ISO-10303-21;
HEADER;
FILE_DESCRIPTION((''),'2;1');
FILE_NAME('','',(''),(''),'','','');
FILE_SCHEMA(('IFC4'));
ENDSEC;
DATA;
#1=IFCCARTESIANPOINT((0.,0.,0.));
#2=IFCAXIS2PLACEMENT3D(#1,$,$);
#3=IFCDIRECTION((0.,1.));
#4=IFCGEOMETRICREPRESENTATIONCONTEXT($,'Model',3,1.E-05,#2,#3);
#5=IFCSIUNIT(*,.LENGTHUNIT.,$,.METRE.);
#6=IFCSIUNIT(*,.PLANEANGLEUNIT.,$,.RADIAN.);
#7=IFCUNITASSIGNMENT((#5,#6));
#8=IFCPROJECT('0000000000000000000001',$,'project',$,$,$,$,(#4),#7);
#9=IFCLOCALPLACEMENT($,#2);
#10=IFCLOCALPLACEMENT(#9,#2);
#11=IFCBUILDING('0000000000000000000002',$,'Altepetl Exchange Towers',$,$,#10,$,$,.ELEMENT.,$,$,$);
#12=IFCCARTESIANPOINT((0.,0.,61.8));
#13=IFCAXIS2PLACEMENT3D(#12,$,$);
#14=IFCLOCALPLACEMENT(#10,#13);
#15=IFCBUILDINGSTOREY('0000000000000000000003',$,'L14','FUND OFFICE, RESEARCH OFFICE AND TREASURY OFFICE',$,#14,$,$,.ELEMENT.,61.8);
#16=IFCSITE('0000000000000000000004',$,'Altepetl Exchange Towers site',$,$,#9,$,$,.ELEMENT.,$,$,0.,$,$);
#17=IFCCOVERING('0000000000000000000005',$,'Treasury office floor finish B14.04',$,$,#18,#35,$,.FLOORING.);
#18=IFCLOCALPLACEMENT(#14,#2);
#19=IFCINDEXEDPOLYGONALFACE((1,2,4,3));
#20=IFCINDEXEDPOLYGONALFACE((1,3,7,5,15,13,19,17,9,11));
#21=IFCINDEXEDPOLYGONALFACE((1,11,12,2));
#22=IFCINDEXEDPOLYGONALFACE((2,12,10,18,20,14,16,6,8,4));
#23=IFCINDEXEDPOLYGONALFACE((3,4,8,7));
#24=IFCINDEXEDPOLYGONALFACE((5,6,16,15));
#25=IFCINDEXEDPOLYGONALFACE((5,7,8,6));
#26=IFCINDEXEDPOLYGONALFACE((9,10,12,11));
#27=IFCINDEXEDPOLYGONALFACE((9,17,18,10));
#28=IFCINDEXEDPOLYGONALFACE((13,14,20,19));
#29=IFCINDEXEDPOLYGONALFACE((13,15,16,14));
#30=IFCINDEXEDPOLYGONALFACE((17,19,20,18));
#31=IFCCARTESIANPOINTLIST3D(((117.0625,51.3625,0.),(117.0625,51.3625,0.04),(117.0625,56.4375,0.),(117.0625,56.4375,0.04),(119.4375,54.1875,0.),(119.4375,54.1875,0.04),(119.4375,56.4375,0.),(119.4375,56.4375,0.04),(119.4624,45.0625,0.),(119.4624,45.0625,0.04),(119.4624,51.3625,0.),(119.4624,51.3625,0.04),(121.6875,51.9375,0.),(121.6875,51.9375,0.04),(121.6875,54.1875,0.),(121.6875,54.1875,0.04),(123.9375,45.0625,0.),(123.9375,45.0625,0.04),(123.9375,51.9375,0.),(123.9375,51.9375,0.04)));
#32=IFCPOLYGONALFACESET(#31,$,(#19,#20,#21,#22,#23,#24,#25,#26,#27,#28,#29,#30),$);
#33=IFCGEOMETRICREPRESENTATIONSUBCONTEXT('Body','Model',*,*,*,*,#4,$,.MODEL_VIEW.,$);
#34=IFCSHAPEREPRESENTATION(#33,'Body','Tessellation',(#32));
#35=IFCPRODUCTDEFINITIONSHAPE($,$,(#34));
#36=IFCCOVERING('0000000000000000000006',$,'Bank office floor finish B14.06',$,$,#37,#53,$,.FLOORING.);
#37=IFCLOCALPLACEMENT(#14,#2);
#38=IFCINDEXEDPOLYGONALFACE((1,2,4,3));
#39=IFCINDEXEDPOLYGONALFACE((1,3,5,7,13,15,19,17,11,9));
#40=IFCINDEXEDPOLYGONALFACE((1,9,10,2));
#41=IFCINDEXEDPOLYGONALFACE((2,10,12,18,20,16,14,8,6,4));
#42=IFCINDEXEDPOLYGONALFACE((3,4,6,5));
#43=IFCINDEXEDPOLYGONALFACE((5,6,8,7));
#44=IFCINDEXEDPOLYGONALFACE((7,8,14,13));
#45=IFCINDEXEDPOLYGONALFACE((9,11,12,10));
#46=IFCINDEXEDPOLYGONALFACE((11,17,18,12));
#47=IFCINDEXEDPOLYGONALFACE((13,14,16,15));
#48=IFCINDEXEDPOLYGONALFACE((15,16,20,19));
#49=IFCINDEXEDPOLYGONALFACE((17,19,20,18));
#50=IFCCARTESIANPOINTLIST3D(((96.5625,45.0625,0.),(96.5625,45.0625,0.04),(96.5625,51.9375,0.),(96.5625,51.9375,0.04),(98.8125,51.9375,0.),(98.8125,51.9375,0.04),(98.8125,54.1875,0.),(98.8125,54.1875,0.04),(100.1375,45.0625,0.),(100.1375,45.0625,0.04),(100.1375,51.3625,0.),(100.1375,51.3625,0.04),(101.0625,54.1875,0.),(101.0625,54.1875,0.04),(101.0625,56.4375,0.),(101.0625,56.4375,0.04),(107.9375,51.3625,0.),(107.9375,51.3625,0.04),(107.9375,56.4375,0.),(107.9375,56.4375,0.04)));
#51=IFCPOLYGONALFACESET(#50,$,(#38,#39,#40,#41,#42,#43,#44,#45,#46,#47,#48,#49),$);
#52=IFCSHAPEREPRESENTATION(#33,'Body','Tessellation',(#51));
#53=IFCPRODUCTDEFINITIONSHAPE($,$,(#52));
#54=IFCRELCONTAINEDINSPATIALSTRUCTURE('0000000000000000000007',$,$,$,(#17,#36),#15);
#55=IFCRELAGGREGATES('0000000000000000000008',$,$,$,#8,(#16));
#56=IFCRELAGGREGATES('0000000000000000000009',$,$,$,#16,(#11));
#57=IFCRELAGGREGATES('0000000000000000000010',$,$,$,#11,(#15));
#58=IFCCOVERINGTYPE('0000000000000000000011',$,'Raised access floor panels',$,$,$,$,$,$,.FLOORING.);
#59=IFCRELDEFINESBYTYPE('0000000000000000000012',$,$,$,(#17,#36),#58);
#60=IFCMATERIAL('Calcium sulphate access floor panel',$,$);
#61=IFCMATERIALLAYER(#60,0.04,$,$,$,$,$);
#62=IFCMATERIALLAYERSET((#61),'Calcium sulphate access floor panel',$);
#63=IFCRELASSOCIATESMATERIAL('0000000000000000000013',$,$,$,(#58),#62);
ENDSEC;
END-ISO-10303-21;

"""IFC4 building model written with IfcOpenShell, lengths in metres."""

from ifc_helpers import new_model, si_unit, direction, frame, origin, place, context, subcontext, project, spatial, polyline, outline, extrude, material, layer, layer_set, type_object, element, save


model = new_model("IFC4")

# Units and contexts
model_context = context("Model", 3, precision=1e-05, world=origin(), true_north=direction((0.0, 1.0)))
body_context = subcontext(model_context, "Body", "Model", "MODEL_VIEW")
ifc_project = project(units=[si_unit("LENGTHUNIT", "METRE"), si_unit("PLANEANGLEUNIT", "RADIAN")], contexts=[model_context])

# Site, building, storey
site_placement = place(None, origin())
site = spatial("IfcSite", under=ifc_project, at=site_placement, Name="Altepetl Exchange Towers site", CompositionType="ELEMENT", RefElevation=0.0)
building_placement = place(site_placement, origin())
building = spatial("IfcBuilding", under=site, at=building_placement, Name="Altepetl Exchange Towers", CompositionType="ELEMENT")
storey_placement = place(building_placement, frame((0.0, 0.0, 61.8)))
storey = spatial("IfcBuildingStorey", under=building, at=storey_placement, Name="L14", Description="FUND OFFICE, RESEARCH OFFICE AND TREASURY OFFICE", CompositionType="ELEMENT", Elevation=61.8)

# Coverings
ifc_material_1 = material(Name="Calcium sulphate access floor panel")
ifc_layer_1 = layer(ifc_material_1, 0.04)
ifc_layer_set_1 = layer_set([ifc_layer_1], Name="Calcium sulphate access floor panel")
covering_type_1 = type_object("IfcCoveringType", Name="Raised access floor panels", PredefinedType="FLOORING", material=ifc_layer_set_1)
covering_1_placement = place(storey_placement, origin())
element("IfcCovering", 1, at=covering_1_placement, inside=storey, type_object=covering_type_1, Name="Treasury office floor finish B14.04", PredefinedType="FLOORING", context=body_context, shape_type="SweptSolid", body=[
    extrude(outline(polyline([(117.0625, 56.4375), (117.0625, 51.3625), (119.4624, 51.3625), (119.4624, 45.0625), (123.9375, 45.0625), (123.9375, 51.9375), (121.6875, 51.9375), (121.6875, 54.1875), (119.4375, 54.1875), (119.4375, 56.4375), (117.0625, 56.4375)])), origin(), (0.0, 0.0, 1.0), 0.04),
])
covering_2_placement = place(storey_placement, origin())
element("IfcCovering", 2, at=covering_2_placement, inside=storey, type_object=covering_type_1, Name="Bank office floor finish B14.06", PredefinedType="FLOORING", context=body_context, shape_type="SweptSolid", body=[
    extrude(outline(polyline([(101.0625, 54.1875), (98.8125, 54.1875), (98.8125, 51.9375), (96.5625, 51.9375), (96.5625, 45.0625), (100.1375, 45.0625), (100.1375, 51.3625), (107.9375, 51.3625), (107.9375, 56.4375), (101.0625, 56.4375), (101.0625, 54.1875)])), origin(), (0.0, 0.0, 1.0), 0.04),
])

save(model, "model.ifc")
